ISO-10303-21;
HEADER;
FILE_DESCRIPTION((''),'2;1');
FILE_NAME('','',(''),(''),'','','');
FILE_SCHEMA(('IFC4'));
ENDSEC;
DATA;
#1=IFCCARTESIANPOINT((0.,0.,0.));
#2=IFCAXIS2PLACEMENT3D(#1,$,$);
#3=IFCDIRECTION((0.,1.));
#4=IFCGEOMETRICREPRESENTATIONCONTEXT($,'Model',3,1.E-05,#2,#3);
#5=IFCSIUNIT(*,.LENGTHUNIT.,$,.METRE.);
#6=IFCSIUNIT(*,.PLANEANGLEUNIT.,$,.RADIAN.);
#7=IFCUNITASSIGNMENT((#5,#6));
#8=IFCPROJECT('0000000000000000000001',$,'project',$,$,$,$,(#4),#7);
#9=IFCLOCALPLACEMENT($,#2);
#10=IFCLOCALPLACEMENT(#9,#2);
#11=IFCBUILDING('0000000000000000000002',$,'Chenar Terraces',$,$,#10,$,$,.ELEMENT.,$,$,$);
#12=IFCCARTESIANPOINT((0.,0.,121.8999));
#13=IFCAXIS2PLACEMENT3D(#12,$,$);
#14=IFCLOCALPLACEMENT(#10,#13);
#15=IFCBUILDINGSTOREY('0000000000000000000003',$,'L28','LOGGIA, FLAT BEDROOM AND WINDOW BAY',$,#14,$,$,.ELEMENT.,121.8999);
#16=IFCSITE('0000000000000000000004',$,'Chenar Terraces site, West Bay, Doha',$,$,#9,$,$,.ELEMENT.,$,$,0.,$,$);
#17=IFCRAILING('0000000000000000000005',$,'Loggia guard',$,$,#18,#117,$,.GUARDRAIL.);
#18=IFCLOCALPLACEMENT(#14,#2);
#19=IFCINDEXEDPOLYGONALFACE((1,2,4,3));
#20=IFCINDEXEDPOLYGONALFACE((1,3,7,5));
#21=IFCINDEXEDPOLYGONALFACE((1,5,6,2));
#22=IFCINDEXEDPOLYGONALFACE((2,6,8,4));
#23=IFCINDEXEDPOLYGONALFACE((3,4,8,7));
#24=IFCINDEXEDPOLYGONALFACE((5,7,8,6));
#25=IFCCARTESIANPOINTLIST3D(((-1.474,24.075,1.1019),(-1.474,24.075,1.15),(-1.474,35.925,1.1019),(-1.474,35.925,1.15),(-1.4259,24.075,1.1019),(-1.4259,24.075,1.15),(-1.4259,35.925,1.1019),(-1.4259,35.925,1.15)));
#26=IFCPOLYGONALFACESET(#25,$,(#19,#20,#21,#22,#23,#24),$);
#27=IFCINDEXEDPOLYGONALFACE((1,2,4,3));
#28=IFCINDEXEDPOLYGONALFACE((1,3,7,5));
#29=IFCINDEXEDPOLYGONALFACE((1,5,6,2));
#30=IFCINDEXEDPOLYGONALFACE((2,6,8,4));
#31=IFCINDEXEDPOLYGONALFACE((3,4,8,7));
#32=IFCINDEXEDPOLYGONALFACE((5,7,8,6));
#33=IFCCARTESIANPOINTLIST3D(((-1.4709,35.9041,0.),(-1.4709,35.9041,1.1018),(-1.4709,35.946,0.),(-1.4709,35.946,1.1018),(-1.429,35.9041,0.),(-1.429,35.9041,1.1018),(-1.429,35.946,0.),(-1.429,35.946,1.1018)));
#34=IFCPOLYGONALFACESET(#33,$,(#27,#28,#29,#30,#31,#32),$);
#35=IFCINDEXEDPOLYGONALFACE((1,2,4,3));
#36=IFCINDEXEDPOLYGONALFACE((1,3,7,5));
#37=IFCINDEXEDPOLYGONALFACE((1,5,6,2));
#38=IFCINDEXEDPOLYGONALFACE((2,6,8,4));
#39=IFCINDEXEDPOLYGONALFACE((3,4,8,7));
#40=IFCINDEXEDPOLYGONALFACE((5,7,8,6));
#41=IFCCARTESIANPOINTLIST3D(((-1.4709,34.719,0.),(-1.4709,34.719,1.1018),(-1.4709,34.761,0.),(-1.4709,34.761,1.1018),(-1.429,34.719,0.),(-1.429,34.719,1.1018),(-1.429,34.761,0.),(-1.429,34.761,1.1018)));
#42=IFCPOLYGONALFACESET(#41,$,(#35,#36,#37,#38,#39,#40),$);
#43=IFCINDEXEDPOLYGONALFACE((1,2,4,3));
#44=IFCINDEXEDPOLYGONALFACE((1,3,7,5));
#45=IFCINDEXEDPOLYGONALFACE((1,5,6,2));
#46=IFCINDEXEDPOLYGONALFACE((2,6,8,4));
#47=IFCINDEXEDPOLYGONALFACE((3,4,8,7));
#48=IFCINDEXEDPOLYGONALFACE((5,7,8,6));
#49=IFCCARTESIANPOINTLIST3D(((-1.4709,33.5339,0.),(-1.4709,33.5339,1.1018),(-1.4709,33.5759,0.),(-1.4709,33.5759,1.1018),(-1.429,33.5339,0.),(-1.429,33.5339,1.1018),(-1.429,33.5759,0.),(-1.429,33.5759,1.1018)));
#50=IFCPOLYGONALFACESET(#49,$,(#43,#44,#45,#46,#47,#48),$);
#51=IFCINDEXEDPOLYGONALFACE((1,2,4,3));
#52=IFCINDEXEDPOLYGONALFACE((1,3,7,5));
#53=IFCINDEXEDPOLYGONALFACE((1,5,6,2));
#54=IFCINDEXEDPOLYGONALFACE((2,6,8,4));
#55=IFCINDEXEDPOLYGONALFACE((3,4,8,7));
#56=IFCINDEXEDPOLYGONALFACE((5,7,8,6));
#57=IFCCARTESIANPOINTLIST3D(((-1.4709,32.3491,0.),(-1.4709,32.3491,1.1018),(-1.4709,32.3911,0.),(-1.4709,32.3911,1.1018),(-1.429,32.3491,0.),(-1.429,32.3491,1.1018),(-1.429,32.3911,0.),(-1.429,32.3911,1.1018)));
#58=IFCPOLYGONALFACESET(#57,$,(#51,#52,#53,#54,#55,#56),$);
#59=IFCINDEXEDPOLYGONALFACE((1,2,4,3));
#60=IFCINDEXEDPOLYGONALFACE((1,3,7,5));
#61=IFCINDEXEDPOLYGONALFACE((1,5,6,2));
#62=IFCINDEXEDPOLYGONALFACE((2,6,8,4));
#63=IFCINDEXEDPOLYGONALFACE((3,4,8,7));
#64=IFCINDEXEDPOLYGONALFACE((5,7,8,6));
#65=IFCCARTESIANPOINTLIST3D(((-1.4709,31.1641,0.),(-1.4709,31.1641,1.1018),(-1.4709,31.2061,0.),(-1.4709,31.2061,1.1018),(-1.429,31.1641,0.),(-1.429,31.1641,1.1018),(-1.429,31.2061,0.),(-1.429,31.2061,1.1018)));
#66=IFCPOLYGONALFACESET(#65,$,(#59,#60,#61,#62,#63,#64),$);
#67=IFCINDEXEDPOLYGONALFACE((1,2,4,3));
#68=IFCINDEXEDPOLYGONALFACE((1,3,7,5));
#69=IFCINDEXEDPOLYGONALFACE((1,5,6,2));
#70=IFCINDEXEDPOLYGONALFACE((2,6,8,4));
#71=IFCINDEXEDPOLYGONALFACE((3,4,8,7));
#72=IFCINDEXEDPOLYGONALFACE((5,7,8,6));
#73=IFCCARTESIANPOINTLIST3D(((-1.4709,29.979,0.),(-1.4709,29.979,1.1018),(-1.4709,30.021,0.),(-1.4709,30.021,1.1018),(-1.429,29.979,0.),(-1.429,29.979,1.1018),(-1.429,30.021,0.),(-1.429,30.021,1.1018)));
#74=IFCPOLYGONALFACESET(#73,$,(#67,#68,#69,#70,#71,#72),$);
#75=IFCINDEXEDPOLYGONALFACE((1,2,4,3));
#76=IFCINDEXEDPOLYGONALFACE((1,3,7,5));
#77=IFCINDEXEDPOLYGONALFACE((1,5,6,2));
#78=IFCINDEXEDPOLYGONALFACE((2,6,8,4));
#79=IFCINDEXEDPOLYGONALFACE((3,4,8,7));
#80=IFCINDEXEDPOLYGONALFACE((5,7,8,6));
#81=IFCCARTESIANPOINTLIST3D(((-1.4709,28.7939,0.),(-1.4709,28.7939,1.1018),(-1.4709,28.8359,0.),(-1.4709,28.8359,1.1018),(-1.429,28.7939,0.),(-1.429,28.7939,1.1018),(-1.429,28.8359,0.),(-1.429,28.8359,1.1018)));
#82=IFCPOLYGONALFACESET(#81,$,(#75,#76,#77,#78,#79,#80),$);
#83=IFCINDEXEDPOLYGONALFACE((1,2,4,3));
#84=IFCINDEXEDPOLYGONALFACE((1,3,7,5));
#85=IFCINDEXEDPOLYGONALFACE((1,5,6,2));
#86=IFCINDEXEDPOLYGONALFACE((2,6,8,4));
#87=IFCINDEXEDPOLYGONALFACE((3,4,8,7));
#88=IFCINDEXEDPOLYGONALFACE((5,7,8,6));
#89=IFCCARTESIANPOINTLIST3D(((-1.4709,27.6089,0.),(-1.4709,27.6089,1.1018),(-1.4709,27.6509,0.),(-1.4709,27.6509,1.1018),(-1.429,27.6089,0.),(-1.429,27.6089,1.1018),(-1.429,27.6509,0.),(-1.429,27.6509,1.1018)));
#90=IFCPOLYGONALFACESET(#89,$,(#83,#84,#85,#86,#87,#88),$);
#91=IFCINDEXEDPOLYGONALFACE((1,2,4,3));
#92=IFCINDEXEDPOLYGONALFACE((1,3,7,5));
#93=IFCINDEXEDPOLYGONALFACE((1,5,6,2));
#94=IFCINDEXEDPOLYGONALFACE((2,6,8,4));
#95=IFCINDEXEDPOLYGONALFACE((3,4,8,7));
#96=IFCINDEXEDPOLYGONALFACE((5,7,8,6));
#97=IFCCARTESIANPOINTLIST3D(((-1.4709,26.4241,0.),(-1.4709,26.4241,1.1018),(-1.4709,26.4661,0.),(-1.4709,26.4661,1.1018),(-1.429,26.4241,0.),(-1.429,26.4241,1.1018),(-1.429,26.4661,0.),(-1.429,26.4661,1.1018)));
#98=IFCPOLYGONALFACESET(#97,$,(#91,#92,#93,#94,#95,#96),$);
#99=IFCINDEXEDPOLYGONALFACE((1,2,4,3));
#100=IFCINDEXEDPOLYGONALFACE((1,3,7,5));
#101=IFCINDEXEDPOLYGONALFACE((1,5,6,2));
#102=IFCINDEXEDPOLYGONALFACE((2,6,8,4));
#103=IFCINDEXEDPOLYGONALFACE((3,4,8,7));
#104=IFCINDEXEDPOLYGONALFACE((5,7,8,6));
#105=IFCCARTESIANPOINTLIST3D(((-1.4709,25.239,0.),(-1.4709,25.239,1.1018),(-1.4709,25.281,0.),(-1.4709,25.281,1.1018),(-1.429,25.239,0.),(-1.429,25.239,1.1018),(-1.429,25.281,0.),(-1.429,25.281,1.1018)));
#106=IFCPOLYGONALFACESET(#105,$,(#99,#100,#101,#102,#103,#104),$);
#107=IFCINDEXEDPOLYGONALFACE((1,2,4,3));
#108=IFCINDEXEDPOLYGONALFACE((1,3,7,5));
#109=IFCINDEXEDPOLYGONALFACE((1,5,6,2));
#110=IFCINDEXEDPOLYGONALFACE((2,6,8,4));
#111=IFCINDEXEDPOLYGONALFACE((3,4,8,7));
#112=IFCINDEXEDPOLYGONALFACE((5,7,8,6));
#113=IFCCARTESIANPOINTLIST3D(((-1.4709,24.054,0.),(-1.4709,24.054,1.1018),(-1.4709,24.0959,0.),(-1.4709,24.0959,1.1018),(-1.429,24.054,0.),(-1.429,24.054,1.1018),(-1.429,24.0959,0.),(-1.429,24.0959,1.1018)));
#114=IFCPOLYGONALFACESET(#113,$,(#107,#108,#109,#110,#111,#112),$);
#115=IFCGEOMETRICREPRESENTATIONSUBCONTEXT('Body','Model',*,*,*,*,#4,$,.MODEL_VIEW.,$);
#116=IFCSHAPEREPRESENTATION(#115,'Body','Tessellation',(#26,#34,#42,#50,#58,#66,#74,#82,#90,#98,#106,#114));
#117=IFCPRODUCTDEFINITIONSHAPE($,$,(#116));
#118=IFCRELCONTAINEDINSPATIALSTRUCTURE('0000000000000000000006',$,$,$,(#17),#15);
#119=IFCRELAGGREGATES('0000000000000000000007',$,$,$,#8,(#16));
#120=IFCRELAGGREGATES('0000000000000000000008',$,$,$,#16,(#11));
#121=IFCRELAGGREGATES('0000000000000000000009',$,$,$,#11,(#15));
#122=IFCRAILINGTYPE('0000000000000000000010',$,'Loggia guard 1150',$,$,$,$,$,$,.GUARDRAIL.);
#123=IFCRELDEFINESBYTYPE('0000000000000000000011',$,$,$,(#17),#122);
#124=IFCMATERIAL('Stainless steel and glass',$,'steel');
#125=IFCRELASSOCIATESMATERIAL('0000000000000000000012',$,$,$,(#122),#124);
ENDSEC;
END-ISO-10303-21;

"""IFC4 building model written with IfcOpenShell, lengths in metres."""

from ifc_helpers import new_model, si_unit, direction, frame, origin, origin_2d, place, context, subcontext, project, spatial, rectangle, extrude, material, type_object, element, save


model = new_model("IFC4")

# Units and contexts
model_context = context("Model", 3, precision=1e-05, world=origin(), true_north=direction((0.0, 1.0)))
body_context = subcontext(model_context, "Body", "Model", "MODEL_VIEW")
ifc_project = project(units=[si_unit("LENGTHUNIT", "METRE"), si_unit("PLANEANGLEUNIT", "RADIAN")], contexts=[model_context])

# Site, building, storey
site_placement = place(None, origin())
site = spatial("IfcSite", under=ifc_project, at=site_placement, Name="Chenar Terraces site, West Bay, Doha", CompositionType="ELEMENT", RefElevation=0.0)
building_placement = place(site_placement, origin())
building = spatial("IfcBuilding", under=site, at=building_placement, Name="Chenar Terraces", CompositionType="ELEMENT")
storey_placement = place(building_placement, frame((0.0, 0.0, 121.8999)))
storey = spatial("IfcBuildingStorey", under=building, at=storey_placement, Name="L28", Description="LOGGIA, FLAT BEDROOM AND WINDOW BAY", CompositionType="ELEMENT", Elevation=121.8999)

# Railing
ifc_material_1 = material(Name="Stainless steel and glass", Category="steel")
railing_type_1 = type_object("IfcRailingType", Name="Loggia guard 1150", PredefinedType="GUARDRAIL", material=ifc_material_1)
railing_1_placement = place(storey_placement, frame((-1.45, 35.925, 0.0)))
element("IfcRailing", 1, at=railing_1_placement, inside=storey, type_object=railing_type_1, Name="Loggia guard", PredefinedType="GUARDRAIL", context=body_context, shape_type="SweptSolid", body=[
    extrude(rectangle(XDim=0.0481, YDim=0.0481, at=origin_2d()), frame((0.0, 0.0, 1.126), z_axis=(0.0, -1.0, 0.0), x_axis=(1.0, 0.0, 0.0)), (0.0, 0.0, 1.0), 11.8501),
    extrude(rectangle(XDim=0.042, YDim=0.042, at=origin_2d()), origin(), (0.0, 0.0, 1.0), 1.1018),
    extrude(rectangle(XDim=0.042, YDim=0.042, at=origin_2d()), frame((0.0, -1.1851, 0.0)), (0.0, 0.0, 1.0), 1.1018),
    extrude(rectangle(XDim=0.042, YDim=0.042, at=origin_2d()), frame((0.0, -2.3701, 0.0)), (0.0, 0.0, 1.0), 1.1018),
    extrude(rectangle(XDim=0.042, YDim=0.042, at=origin_2d()), frame((0.0, -3.5549, 0.0)), (0.0, 0.0, 1.0), 1.1018),
    extrude(rectangle(XDim=0.042, YDim=0.042, at=origin_2d()), frame((0.0, -4.74, 0.0)), (0.0, 0.0, 1.0), 1.1018),
    extrude(rectangle(XDim=0.042, YDim=0.042, at=origin_2d()), frame((0.0, -5.925, 0.0)), (0.0, 0.0, 1.0), 1.1018),
    extrude(rectangle(XDim=0.042, YDim=0.042, at=origin_2d()), frame((0.0, -7.1101, 0.0)), (0.0, 0.0, 1.0), 1.1018),
    extrude(rectangle(XDim=0.042, YDim=0.042, at=origin_2d()), frame((0.0, -8.2952, 0.0)), (0.0, 0.0, 1.0), 1.1018),
    extrude(rectangle(XDim=0.042, YDim=0.042, at=origin_2d()), frame((0.0, -9.48, 0.0)), (0.0, 0.0, 1.0), 1.1018),
    extrude(rectangle(XDim=0.042, YDim=0.042, at=origin_2d()), frame((0.0, -10.665, 0.0)), (0.0, 0.0, 1.0), 1.1018),
    extrude(rectangle(XDim=0.042, YDim=0.042, at=origin_2d()), frame((0.0, -11.8501, 0.0)), (0.0, 0.0, 1.0), 1.1018),
])

save(model, "model.ifc")
